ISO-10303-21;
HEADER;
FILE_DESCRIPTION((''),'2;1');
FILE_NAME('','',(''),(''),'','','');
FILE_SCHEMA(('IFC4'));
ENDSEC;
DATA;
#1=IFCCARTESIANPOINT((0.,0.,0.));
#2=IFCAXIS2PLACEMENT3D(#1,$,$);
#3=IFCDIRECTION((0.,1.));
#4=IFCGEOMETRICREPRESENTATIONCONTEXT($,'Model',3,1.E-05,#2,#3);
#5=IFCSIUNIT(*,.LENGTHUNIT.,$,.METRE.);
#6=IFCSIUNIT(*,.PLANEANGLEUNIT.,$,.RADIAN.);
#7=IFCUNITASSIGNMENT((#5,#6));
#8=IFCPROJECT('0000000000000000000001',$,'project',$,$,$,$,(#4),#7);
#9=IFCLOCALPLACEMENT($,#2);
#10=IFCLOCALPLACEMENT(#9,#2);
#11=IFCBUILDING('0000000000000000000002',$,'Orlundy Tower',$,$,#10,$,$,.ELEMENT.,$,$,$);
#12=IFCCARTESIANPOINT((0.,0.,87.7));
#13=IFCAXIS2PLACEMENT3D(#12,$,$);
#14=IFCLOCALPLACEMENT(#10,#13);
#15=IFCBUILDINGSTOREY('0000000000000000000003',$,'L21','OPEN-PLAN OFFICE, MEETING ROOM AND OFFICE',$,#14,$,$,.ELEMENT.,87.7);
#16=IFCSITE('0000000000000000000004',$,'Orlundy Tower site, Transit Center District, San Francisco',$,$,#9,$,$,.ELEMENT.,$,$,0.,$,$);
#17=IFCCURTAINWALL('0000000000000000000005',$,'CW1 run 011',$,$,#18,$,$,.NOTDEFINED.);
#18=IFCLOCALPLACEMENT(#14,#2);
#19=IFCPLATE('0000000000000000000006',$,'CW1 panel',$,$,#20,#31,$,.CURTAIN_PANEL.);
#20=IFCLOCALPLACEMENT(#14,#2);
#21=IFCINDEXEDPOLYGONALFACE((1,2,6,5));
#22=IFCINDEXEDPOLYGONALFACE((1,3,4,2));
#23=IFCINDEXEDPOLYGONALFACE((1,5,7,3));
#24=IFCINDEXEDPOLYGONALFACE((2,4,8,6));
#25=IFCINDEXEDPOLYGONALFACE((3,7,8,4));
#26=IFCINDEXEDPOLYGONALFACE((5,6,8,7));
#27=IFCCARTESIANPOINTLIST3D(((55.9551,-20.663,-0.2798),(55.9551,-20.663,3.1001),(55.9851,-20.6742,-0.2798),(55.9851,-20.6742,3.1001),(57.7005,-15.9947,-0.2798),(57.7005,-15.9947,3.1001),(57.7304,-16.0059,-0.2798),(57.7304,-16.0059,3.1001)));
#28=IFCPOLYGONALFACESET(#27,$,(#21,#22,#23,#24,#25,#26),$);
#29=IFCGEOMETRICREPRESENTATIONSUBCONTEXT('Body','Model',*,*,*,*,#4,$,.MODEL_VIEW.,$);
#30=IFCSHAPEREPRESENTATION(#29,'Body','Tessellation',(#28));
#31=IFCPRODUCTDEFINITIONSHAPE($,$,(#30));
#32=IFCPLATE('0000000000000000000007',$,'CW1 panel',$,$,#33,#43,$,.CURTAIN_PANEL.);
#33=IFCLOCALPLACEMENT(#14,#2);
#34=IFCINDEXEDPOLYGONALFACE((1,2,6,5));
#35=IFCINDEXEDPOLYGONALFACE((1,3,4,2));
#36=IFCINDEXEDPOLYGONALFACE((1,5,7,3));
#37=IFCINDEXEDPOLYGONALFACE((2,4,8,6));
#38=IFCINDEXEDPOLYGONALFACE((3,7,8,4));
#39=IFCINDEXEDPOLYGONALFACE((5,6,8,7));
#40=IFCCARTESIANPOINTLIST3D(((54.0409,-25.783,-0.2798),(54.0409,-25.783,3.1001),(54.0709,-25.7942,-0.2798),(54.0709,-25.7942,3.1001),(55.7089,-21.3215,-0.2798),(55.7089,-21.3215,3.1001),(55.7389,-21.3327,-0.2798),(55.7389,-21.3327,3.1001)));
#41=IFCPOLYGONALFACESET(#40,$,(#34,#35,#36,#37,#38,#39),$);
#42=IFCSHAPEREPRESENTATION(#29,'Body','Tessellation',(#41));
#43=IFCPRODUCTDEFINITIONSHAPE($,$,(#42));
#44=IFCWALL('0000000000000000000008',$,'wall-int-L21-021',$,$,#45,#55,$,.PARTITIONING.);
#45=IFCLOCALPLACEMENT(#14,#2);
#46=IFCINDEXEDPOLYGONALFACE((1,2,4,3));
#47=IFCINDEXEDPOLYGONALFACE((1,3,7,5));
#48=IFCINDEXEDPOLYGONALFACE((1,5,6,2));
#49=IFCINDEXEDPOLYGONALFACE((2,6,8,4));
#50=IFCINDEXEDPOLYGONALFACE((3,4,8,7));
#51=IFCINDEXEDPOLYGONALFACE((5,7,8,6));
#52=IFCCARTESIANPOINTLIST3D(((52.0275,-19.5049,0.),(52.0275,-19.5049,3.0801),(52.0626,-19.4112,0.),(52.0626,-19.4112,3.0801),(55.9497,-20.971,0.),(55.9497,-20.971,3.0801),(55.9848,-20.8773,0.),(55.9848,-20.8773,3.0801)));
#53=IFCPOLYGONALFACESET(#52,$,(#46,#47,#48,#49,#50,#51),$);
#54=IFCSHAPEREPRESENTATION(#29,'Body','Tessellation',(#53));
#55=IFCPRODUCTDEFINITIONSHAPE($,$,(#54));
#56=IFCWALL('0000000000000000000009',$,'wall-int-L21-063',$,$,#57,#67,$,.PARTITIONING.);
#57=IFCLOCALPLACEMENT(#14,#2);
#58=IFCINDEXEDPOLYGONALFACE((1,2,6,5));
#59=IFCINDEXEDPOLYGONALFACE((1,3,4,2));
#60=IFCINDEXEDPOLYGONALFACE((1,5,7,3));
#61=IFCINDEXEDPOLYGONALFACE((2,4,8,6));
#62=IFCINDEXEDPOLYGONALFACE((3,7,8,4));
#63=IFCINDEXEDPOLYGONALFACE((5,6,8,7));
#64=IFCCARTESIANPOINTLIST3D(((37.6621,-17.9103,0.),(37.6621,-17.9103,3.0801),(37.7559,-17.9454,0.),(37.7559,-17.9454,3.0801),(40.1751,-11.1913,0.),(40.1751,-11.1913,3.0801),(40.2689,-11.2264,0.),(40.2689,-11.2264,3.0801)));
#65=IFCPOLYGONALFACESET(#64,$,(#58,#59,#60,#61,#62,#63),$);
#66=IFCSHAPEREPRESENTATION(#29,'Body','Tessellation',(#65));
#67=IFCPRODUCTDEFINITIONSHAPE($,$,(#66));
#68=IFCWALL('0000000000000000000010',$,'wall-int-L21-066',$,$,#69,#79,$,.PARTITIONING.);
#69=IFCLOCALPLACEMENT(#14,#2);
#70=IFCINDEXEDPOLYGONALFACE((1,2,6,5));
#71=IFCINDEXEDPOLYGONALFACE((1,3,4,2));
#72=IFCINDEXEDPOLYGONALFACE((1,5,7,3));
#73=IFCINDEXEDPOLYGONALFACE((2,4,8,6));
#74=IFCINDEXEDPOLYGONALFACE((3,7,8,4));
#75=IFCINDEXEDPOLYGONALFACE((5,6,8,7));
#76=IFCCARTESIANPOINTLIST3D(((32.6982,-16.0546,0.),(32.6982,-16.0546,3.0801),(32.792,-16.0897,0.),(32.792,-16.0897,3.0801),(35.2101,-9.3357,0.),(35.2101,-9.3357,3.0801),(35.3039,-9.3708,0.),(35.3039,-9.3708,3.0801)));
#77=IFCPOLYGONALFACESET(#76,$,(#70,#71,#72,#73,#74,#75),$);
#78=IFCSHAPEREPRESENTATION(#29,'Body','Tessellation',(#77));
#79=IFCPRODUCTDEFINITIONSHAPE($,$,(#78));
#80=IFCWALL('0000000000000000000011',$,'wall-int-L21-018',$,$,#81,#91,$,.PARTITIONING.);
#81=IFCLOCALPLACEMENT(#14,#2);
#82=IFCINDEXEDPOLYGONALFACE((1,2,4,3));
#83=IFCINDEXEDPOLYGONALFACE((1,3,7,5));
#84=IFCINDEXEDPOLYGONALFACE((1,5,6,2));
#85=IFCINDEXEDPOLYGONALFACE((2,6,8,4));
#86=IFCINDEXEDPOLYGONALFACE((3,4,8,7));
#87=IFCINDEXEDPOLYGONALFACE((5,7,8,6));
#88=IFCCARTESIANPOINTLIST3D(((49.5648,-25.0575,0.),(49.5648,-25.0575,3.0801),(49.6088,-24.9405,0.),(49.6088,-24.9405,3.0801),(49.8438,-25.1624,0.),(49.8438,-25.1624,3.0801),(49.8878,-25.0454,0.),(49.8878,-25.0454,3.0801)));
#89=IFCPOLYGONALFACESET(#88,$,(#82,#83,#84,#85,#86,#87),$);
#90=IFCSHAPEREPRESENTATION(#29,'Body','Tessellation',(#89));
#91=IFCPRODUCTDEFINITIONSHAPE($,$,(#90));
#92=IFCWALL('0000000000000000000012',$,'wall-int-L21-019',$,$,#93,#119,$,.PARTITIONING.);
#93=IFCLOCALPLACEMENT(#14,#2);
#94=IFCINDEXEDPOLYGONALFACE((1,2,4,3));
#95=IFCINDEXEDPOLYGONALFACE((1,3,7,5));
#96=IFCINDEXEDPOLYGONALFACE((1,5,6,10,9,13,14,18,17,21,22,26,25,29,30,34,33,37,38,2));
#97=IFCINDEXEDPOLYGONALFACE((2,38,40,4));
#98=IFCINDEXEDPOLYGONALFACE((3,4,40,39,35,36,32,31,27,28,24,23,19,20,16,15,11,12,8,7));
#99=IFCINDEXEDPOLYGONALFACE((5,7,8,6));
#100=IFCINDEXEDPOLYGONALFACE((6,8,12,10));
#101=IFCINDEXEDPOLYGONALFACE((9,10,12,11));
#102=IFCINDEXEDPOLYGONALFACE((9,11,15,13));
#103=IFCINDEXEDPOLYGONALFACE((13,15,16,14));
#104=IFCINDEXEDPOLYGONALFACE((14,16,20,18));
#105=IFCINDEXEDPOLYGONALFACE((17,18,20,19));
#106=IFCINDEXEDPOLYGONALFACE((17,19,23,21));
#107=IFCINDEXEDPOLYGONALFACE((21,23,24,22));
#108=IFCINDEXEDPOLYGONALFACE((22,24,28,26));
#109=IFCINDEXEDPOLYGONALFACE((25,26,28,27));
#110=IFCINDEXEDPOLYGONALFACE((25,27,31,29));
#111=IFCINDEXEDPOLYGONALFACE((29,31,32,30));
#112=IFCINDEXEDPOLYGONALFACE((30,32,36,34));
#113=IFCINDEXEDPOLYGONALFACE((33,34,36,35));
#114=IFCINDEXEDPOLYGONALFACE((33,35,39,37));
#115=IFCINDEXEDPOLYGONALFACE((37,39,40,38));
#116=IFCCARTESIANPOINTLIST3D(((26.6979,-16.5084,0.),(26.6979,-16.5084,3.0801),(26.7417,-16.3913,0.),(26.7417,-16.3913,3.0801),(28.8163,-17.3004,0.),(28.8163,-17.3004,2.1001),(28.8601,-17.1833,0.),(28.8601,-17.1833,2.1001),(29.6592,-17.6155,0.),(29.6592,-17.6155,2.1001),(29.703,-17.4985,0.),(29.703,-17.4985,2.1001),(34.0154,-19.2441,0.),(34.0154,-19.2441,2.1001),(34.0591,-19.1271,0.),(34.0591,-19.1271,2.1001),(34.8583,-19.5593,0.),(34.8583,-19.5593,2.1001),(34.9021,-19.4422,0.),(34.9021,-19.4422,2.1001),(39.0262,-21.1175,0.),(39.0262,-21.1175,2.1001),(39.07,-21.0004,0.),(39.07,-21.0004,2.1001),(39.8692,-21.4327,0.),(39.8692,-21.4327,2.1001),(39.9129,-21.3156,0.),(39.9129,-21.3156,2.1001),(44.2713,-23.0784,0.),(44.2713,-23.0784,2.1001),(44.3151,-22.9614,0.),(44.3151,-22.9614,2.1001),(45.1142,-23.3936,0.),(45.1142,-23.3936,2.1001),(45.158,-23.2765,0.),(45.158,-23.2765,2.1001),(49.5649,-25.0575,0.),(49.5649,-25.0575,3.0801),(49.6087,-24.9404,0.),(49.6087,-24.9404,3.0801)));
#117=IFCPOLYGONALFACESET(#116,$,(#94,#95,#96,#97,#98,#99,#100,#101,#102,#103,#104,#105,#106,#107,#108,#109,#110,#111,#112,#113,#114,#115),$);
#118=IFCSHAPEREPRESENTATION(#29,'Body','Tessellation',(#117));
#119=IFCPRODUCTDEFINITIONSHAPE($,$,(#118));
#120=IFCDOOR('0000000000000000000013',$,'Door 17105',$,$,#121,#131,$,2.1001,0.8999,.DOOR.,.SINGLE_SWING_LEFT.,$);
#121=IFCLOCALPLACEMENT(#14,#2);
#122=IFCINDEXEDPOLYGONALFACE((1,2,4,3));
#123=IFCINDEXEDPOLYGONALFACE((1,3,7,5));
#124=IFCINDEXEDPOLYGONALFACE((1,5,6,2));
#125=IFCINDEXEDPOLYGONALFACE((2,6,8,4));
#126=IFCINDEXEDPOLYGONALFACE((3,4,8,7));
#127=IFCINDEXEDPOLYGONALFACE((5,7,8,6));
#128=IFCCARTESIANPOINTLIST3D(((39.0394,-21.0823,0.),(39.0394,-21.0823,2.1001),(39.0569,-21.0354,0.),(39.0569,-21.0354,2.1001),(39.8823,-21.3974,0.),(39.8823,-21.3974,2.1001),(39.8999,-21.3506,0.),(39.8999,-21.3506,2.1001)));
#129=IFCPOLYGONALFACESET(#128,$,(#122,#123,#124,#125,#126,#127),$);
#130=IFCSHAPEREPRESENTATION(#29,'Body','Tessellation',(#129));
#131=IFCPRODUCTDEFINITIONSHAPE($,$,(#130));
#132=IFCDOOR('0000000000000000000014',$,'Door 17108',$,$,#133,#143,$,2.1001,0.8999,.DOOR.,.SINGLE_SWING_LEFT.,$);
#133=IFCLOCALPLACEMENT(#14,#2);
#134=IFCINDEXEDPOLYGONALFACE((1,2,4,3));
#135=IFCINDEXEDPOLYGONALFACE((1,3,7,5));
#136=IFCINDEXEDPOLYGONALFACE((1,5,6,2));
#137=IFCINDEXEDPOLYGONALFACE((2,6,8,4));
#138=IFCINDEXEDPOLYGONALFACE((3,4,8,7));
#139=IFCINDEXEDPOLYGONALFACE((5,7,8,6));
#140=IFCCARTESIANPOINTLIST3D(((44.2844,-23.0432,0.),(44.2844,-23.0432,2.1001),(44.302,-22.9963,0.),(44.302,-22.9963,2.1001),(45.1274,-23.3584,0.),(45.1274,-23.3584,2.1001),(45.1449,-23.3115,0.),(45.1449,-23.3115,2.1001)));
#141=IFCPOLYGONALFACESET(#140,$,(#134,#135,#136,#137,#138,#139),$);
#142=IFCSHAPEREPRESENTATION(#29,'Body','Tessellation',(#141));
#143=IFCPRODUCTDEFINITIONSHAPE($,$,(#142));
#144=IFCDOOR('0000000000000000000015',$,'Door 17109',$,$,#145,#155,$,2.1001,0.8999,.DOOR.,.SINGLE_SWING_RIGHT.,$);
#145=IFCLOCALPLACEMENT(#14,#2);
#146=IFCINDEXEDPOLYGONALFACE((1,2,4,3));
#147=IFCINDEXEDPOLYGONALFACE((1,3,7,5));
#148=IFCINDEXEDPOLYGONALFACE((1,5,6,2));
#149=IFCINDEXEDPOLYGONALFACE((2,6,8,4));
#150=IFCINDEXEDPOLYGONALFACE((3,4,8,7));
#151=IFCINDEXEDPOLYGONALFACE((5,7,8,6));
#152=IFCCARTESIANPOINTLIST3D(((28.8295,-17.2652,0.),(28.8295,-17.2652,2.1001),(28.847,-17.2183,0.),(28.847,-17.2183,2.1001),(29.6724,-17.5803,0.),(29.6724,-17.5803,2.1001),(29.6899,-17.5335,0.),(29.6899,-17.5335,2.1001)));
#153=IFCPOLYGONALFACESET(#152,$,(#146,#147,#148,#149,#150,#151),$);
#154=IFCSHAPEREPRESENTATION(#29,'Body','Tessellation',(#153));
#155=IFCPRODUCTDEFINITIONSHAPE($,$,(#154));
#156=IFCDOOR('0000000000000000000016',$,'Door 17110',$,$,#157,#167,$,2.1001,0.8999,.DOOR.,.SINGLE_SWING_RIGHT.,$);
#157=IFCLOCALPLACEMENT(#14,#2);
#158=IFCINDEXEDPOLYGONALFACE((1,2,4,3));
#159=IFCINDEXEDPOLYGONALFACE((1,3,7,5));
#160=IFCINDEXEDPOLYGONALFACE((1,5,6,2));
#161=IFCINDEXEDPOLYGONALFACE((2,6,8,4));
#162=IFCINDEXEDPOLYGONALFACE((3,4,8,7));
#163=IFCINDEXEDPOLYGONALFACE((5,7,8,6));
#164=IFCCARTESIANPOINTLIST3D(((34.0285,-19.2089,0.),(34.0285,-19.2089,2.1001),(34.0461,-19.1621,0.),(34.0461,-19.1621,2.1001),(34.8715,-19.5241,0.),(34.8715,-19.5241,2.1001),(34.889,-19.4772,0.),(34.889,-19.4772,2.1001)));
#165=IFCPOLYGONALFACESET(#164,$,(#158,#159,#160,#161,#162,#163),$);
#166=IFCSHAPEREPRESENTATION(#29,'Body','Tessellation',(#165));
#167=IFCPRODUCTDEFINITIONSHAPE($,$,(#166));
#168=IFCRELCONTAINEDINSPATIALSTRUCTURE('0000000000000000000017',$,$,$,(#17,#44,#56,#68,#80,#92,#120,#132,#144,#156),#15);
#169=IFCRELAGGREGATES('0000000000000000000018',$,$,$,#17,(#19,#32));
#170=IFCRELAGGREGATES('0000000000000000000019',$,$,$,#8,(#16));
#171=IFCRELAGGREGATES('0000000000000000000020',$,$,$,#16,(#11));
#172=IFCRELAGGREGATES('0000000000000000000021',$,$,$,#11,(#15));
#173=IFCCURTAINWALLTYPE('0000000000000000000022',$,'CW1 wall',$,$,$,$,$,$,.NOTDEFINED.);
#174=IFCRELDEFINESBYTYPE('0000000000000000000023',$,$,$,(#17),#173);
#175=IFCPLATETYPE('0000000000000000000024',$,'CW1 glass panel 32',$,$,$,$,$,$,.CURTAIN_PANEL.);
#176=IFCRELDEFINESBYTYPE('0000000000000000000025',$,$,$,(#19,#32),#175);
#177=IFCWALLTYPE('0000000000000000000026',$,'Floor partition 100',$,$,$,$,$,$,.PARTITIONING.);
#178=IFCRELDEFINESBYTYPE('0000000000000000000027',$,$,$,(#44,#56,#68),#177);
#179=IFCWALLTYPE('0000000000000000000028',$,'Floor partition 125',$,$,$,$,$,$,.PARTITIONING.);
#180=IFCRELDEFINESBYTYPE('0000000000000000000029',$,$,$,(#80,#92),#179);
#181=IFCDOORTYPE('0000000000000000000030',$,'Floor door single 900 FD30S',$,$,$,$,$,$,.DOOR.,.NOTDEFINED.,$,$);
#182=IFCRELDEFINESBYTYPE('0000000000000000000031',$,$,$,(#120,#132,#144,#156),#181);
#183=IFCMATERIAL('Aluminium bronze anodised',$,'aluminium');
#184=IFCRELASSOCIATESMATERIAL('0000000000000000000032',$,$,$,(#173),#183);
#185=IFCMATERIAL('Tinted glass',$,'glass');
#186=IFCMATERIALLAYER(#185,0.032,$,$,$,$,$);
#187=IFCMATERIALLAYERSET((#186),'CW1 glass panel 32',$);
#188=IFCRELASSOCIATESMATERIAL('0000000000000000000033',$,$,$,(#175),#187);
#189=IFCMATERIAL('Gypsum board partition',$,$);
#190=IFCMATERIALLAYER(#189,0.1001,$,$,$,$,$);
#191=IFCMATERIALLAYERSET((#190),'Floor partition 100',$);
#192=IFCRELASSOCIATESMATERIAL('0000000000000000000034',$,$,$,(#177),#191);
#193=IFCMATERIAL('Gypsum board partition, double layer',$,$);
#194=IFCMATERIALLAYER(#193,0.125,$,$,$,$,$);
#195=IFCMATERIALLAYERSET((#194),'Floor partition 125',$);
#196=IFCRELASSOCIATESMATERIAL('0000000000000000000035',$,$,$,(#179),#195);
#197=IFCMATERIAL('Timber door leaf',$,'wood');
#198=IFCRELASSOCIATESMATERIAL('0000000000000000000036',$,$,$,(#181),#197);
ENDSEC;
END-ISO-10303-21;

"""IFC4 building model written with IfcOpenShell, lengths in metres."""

from ifc_helpers import new_model, si_unit, direction, frame, frame_2d, origin, origin_2d, place, context, subcontext, project, spatial, rectangle, extrude, material, layer, layer_set, type_object, element, fill, aggregate, save


model = new_model("IFC4")

# Units and contexts
model_context = context("Model", 3, precision=1e-05, world=origin(), true_north=direction((0.0, 1.0)))
body_context = subcontext(model_context, "Body", "Model", "MODEL_VIEW")
ifc_project = project(units=[si_unit("LENGTHUNIT", "METRE"), si_unit("PLANEANGLEUNIT", "RADIAN")], contexts=[model_context])

# Site, building, storey
site_placement = place(None, origin())
site = spatial("IfcSite", under=ifc_project, at=site_placement, Name="Orlundy Tower site, Transit Center District, San Francisco", CompositionType="ELEMENT", RefElevation=0.0)
building_placement = place(site_placement, origin())
building = spatial("IfcBuilding", under=site, at=building_placement, Name="Orlundy Tower", CompositionType="ELEMENT")
storey_placement = place(building_placement, frame((0.0, 0.0, 87.7)))
storey = spatial("IfcBuildingStorey", under=building, at=storey_placement, Name="L21", Description="OPEN-PLAN OFFICE, MEETING ROOM AND OFFICE", CompositionType="ELEMENT", Elevation=87.7)

# Curtain wall
ifc_material_1 = material(Name="Aluminium bronze anodised", Category="aluminium")
curtain_wall_type = type_object("IfcCurtainWallType", Name="CW1 wall", PredefinedType="NOTDEFINED", material=ifc_material_1)
curtain_wall_1_placement = place(storey_placement, origin())
curtain_wall_1 = element("IfcCurtainWall", 1, at=curtain_wall_1_placement, inside=storey, type_object=curtain_wall_type, Name="CW1 run 011", PredefinedType="NOTDEFINED")

# Shared definitions
ifc_material_2 = material(Name="Tinted glass", Category="glass")
ifc_layer_1 = layer(ifc_material_2, 0.032)
ifc_layer_set_1 = layer_set([ifc_layer_1], Name="CW1 glass panel 32")
plate_type = type_object("IfcPlateType", Name="CW1 glass panel 32", PredefinedType="CURTAIN_PANEL", material=ifc_layer_set_1)

# Plates
plate_1_placement = place(storey_placement, frame((56.8428, -18.3345, -0.2798), z_axis=(0.0, 0.0, 1.0), x_axis=(-0.350194, -0.936677, 0.0)))
plate_1 = element("IfcPlate", 2, at=plate_1_placement, type_object=plate_type, Name="CW1 panel", PredefinedType="CURTAIN_PANEL", context=body_context, shape_type="SweptSolid", body=[
    extrude(rectangle(XDim=4.9839, YDim=0.032, at=origin_2d()), origin(), (0.0, 0.0, 1.0), 3.3799),
])
plate_2_placement = place(storey_placement, frame((54.8899, -23.5579, -0.2798), z_axis=(0.0, 0.0, 1.0), x_axis=(-0.350194, -0.936677, 0.0)))
plate_2 = element("IfcPlate", 3, at=plate_2_placement, type_object=plate_type, Name="CW1 panel", PredefinedType="CURTAIN_PANEL", context=body_context, shape_type="SweptSolid", body=[
    extrude(rectangle(XDim=4.7632, YDim=0.032, at=origin_2d()), origin(), (0.0, 0.0, 1.0), 3.3799),
])
aggregate(curtain_wall_1, [plate_1, plate_2])

# Walls
ifc_material_3 = material(Name="Gypsum board partition")
ifc_layer_2 = layer(ifc_material_3, 0.1001)
ifc_layer_set_2 = layer_set([ifc_layer_2], Name="Floor partition 100")
wall_type_1 = type_object("IfcWallType", Name="Floor partition 100", PredefinedType="PARTITIONING", material=ifc_layer_set_2)
wall_1_placement = place(storey_placement, frame((52.0449, -19.458, 0.0), z_axis=(0.0, 0.0, 1.0), x_axis=(0.9367, -0.350133, 0.0)))
element("IfcWall", 4, at=wall_1_placement, inside=storey, type_object=wall_type_1, Name="wall-int-L21-021", PredefinedType="PARTITIONING", context=body_context, shape_type="SweptSolid", body=[
    extrude(rectangle(XDim=4.1873, YDim=0.1001, at=frame_2d((2.0938, 0.0))), origin(), (0.0, 0.0, 1.0), 3.0801),
])
wall_2_placement = place(storey_placement, frame((37.709, -17.928, 0.0), z_axis=(0.0, 0.0, 1.0), x_axis=(0.350307, 0.936635, 0.0)))
element("IfcWall", 5, at=wall_2_placement, inside=storey, type_object=wall_type_1, Name="wall-int-L21-063", PredefinedType="PARTITIONING", context=body_context, shape_type="SweptSolid", body=[
    extrude(rectangle(XDim=7.1736, YDim=0.1001, at=frame_2d((3.5869, 0.0))), origin(), (0.0, 0.0, 1.0), 3.0801),
])
wall_3_placement = place(storey_placement, frame((32.7451, -16.072, 0.0), z_axis=(0.0, 0.0, 1.0), x_axis=(0.350187, 0.93668, 0.0)))
element("IfcWall", 6, at=wall_3_placement, inside=storey, type_object=wall_type_1, Name="wall-int-L21-066", PredefinedType="PARTITIONING", context=body_context, shape_type="SweptSolid", body=[
    extrude(rectangle(XDim=7.1731, YDim=0.1001, at=frame_2d((3.5864, 0.0))), origin(), (0.0, 0.0, 1.0), 3.0801),
])
ifc_material_4 = material(Name="Gypsum board partition, double layer")
ifc_layer_3 = layer(ifc_material_4, 0.125)
ifc_layer_set_3 = layer_set([ifc_layer_3], Name="Floor partition 125")
wall_type_2 = type_object("IfcWallType", Name="Floor partition 125", PredefinedType="PARTITIONING", material=ifc_layer_set_3)
wall_4_placement = place(storey_placement, frame((49.5869, -24.999, 0.0), z_axis=(0.0, 0.0, 1.0), x_axis=(0.935958, -0.35211, 0.0)))
element("IfcWall", 7, at=wall_4_placement, inside=storey, type_object=wall_type_2, Name="wall-int-L21-018", PredefinedType="PARTITIONING", context=body_context, shape_type="SweptSolid", body=[
    extrude(rectangle(XDim=0.2981, YDim=0.125, at=frame_2d((0.1489, 0.0))), origin(), (0.0, 0.0, 1.0), 3.0801),
])

# Wall, openings, doors
wall_5_placement = place(storey_placement, frame((49.5869, -24.999, 0.0), z_axis=(0.0, 0.0, 1.0), x_axis=(-0.936679, 0.350188, 0.0)))
wall_5 = element("IfcWall", 8, at=wall_5_placement, inside=storey, type_object=wall_type_2, Name="wall-int-L21-019", PredefinedType="PARTITIONING", context=body_context, shape_type="SweptSolid", body=[
    extrude(rectangle(XDim=24.4128, YDim=0.125, at=frame_2d((12.2065, 0.0))), origin(), (0.0, 0.0, 1.0), 3.0801),
])
opening_1_placement = place(wall_5_placement, frame((10.3513, 0.0, 0.0)))
opening_1 = element("IfcOpeningElement", 9, at=opening_1_placement, cuts=wall_5, PredefinedType="OPENING", context=body_context, shape_type="SweptSolid", body=[
    extrude(rectangle(XDim=0.8999, YDim=2.1001, at=frame_2d((0.45, 1.05))), frame((0.0, 0.0725, 0.0), z_axis=(0.0, -1.0, 0.0), x_axis=(1.0, 0.0, 0.0)), (0.0, 0.0, 1.0), 0.145),
])
opening_2_placement = place(wall_5_placement, frame((4.7517, 0.0, 0.0)))
opening_2 = element("IfcOpeningElement", 10, at=opening_2_placement, cuts=wall_5, PredefinedType="OPENING", context=body_context, shape_type="SweptSolid", body=[
    extrude(rectangle(XDim=0.8999, YDim=2.1001, at=frame_2d((0.45, 1.05))), frame((0.0, 0.0725, 0.0), z_axis=(0.0, -1.0, 0.0), x_axis=(1.0, 0.0, 0.0)), (0.0, 0.0, 1.0), 0.145),
])
opening_3_placement = place(wall_5_placement, frame((21.2515, 0.0, 0.0)))
opening_3 = element("IfcOpeningElement", 11, at=opening_3_placement, cuts=wall_5, PredefinedType="OPENING", context=body_context, shape_type="SweptSolid", body=[
    extrude(rectangle(XDim=0.8999, YDim=2.1001, at=frame_2d((0.45, 1.05))), frame((0.0, 0.0725, 0.0), z_axis=(0.0, -1.0, 0.0), x_axis=(1.0, 0.0, 0.0)), (0.0, 0.0, 1.0), 0.145),
])
opening_4_placement = place(wall_5_placement, frame((15.7009, 0.0, 0.0)))
opening_4 = element("IfcOpeningElement", 12, at=opening_4_placement, cuts=wall_5, PredefinedType="OPENING", context=body_context, shape_type="SweptSolid", body=[
    extrude(rectangle(XDim=0.8999, YDim=2.1001, at=frame_2d((0.45, 1.05))), frame((0.0, 0.0725, 0.0), z_axis=(0.0, -1.0, 0.0), x_axis=(1.0, 0.0, 0.0)), (0.0, 0.0, 1.0), 0.145),
])
ifc_material_5 = material(Name="Timber door leaf", Category="wood")
door_type = type_object("IfcDoorType", Name="Floor door single 900 FD30S", OperationType="NOTDEFINED", PredefinedType="DOOR", material=ifc_material_5)
door_1_placement = place(opening_1_placement, origin())
door_1 = element("IfcDoor", 13, at=door_1_placement, inside=storey, type_object=door_type, Name="Door 17105", OperationType="SINGLE_SWING_LEFT", OverallHeight=2.1001, OverallWidth=0.8999, PredefinedType="DOOR", context=body_context, shape_type="SweptSolid", body=[
    extrude(rectangle(XDim=0.8999, YDim=2.1001, at=frame_2d((0.45, 1.05))), frame((0.0, 0.0249, 0.0), z_axis=(0.0, -1.0, 0.0), x_axis=(1.0, 0.0, 0.0)), (0.0, 0.0, 1.0), 0.05),
])
fill(opening_1, door_1)
door_2_placement = place(opening_2_placement, origin())
door_2 = element("IfcDoor", 14, at=door_2_placement, inside=storey, type_object=door_type, Name="Door 17108", OperationType="SINGLE_SWING_LEFT", OverallHeight=2.1001, OverallWidth=0.8999, PredefinedType="DOOR", context=body_context, shape_type="SweptSolid", body=[
    extrude(rectangle(XDim=0.8999, YDim=2.1001, at=frame_2d((0.45, 1.05))), frame((0.0, 0.0249, 0.0), z_axis=(0.0, -1.0, 0.0), x_axis=(1.0, 0.0, 0.0)), (0.0, 0.0, 1.0), 0.05),
])
fill(opening_2, door_2)
door_3_placement = place(opening_3_placement, origin())
door_3 = element("IfcDoor", 15, at=door_3_placement, inside=storey, type_object=door_type, Name="Door 17109", OperationType="SINGLE_SWING_RIGHT", OverallHeight=2.1001, OverallWidth=0.8999, PredefinedType="DOOR", context=body_context, shape_type="SweptSolid", body=[
    extrude(rectangle(XDim=0.8999, YDim=2.1001, at=frame_2d((0.45, 1.05))), frame((0.0, 0.0249, 0.0), z_axis=(0.0, -1.0, 0.0), x_axis=(1.0, 0.0, 0.0)), (0.0, 0.0, 1.0), 0.05),
])
fill(opening_3, door_3)
door_4_placement = place(opening_4_placement, origin())
door_4 = element("IfcDoor", 16, at=door_4_placement, inside=storey, type_object=door_type, Name="Door 17110", OperationType="SINGLE_SWING_RIGHT", OverallHeight=2.1001, OverallWidth=0.8999, PredefinedType="DOOR", context=body_context, shape_type="SweptSolid", body=[
    extrude(rectangle(XDim=0.8999, YDim=2.1001, at=frame_2d((0.45, 1.05))), frame((0.0, 0.0249, 0.0), z_axis=(0.0, -1.0, 0.0), x_axis=(1.0, 0.0, 0.0)), (0.0, 0.0, 1.0), 0.05),
])
fill(opening_4, door_4)

save(model, "model.ifc")
